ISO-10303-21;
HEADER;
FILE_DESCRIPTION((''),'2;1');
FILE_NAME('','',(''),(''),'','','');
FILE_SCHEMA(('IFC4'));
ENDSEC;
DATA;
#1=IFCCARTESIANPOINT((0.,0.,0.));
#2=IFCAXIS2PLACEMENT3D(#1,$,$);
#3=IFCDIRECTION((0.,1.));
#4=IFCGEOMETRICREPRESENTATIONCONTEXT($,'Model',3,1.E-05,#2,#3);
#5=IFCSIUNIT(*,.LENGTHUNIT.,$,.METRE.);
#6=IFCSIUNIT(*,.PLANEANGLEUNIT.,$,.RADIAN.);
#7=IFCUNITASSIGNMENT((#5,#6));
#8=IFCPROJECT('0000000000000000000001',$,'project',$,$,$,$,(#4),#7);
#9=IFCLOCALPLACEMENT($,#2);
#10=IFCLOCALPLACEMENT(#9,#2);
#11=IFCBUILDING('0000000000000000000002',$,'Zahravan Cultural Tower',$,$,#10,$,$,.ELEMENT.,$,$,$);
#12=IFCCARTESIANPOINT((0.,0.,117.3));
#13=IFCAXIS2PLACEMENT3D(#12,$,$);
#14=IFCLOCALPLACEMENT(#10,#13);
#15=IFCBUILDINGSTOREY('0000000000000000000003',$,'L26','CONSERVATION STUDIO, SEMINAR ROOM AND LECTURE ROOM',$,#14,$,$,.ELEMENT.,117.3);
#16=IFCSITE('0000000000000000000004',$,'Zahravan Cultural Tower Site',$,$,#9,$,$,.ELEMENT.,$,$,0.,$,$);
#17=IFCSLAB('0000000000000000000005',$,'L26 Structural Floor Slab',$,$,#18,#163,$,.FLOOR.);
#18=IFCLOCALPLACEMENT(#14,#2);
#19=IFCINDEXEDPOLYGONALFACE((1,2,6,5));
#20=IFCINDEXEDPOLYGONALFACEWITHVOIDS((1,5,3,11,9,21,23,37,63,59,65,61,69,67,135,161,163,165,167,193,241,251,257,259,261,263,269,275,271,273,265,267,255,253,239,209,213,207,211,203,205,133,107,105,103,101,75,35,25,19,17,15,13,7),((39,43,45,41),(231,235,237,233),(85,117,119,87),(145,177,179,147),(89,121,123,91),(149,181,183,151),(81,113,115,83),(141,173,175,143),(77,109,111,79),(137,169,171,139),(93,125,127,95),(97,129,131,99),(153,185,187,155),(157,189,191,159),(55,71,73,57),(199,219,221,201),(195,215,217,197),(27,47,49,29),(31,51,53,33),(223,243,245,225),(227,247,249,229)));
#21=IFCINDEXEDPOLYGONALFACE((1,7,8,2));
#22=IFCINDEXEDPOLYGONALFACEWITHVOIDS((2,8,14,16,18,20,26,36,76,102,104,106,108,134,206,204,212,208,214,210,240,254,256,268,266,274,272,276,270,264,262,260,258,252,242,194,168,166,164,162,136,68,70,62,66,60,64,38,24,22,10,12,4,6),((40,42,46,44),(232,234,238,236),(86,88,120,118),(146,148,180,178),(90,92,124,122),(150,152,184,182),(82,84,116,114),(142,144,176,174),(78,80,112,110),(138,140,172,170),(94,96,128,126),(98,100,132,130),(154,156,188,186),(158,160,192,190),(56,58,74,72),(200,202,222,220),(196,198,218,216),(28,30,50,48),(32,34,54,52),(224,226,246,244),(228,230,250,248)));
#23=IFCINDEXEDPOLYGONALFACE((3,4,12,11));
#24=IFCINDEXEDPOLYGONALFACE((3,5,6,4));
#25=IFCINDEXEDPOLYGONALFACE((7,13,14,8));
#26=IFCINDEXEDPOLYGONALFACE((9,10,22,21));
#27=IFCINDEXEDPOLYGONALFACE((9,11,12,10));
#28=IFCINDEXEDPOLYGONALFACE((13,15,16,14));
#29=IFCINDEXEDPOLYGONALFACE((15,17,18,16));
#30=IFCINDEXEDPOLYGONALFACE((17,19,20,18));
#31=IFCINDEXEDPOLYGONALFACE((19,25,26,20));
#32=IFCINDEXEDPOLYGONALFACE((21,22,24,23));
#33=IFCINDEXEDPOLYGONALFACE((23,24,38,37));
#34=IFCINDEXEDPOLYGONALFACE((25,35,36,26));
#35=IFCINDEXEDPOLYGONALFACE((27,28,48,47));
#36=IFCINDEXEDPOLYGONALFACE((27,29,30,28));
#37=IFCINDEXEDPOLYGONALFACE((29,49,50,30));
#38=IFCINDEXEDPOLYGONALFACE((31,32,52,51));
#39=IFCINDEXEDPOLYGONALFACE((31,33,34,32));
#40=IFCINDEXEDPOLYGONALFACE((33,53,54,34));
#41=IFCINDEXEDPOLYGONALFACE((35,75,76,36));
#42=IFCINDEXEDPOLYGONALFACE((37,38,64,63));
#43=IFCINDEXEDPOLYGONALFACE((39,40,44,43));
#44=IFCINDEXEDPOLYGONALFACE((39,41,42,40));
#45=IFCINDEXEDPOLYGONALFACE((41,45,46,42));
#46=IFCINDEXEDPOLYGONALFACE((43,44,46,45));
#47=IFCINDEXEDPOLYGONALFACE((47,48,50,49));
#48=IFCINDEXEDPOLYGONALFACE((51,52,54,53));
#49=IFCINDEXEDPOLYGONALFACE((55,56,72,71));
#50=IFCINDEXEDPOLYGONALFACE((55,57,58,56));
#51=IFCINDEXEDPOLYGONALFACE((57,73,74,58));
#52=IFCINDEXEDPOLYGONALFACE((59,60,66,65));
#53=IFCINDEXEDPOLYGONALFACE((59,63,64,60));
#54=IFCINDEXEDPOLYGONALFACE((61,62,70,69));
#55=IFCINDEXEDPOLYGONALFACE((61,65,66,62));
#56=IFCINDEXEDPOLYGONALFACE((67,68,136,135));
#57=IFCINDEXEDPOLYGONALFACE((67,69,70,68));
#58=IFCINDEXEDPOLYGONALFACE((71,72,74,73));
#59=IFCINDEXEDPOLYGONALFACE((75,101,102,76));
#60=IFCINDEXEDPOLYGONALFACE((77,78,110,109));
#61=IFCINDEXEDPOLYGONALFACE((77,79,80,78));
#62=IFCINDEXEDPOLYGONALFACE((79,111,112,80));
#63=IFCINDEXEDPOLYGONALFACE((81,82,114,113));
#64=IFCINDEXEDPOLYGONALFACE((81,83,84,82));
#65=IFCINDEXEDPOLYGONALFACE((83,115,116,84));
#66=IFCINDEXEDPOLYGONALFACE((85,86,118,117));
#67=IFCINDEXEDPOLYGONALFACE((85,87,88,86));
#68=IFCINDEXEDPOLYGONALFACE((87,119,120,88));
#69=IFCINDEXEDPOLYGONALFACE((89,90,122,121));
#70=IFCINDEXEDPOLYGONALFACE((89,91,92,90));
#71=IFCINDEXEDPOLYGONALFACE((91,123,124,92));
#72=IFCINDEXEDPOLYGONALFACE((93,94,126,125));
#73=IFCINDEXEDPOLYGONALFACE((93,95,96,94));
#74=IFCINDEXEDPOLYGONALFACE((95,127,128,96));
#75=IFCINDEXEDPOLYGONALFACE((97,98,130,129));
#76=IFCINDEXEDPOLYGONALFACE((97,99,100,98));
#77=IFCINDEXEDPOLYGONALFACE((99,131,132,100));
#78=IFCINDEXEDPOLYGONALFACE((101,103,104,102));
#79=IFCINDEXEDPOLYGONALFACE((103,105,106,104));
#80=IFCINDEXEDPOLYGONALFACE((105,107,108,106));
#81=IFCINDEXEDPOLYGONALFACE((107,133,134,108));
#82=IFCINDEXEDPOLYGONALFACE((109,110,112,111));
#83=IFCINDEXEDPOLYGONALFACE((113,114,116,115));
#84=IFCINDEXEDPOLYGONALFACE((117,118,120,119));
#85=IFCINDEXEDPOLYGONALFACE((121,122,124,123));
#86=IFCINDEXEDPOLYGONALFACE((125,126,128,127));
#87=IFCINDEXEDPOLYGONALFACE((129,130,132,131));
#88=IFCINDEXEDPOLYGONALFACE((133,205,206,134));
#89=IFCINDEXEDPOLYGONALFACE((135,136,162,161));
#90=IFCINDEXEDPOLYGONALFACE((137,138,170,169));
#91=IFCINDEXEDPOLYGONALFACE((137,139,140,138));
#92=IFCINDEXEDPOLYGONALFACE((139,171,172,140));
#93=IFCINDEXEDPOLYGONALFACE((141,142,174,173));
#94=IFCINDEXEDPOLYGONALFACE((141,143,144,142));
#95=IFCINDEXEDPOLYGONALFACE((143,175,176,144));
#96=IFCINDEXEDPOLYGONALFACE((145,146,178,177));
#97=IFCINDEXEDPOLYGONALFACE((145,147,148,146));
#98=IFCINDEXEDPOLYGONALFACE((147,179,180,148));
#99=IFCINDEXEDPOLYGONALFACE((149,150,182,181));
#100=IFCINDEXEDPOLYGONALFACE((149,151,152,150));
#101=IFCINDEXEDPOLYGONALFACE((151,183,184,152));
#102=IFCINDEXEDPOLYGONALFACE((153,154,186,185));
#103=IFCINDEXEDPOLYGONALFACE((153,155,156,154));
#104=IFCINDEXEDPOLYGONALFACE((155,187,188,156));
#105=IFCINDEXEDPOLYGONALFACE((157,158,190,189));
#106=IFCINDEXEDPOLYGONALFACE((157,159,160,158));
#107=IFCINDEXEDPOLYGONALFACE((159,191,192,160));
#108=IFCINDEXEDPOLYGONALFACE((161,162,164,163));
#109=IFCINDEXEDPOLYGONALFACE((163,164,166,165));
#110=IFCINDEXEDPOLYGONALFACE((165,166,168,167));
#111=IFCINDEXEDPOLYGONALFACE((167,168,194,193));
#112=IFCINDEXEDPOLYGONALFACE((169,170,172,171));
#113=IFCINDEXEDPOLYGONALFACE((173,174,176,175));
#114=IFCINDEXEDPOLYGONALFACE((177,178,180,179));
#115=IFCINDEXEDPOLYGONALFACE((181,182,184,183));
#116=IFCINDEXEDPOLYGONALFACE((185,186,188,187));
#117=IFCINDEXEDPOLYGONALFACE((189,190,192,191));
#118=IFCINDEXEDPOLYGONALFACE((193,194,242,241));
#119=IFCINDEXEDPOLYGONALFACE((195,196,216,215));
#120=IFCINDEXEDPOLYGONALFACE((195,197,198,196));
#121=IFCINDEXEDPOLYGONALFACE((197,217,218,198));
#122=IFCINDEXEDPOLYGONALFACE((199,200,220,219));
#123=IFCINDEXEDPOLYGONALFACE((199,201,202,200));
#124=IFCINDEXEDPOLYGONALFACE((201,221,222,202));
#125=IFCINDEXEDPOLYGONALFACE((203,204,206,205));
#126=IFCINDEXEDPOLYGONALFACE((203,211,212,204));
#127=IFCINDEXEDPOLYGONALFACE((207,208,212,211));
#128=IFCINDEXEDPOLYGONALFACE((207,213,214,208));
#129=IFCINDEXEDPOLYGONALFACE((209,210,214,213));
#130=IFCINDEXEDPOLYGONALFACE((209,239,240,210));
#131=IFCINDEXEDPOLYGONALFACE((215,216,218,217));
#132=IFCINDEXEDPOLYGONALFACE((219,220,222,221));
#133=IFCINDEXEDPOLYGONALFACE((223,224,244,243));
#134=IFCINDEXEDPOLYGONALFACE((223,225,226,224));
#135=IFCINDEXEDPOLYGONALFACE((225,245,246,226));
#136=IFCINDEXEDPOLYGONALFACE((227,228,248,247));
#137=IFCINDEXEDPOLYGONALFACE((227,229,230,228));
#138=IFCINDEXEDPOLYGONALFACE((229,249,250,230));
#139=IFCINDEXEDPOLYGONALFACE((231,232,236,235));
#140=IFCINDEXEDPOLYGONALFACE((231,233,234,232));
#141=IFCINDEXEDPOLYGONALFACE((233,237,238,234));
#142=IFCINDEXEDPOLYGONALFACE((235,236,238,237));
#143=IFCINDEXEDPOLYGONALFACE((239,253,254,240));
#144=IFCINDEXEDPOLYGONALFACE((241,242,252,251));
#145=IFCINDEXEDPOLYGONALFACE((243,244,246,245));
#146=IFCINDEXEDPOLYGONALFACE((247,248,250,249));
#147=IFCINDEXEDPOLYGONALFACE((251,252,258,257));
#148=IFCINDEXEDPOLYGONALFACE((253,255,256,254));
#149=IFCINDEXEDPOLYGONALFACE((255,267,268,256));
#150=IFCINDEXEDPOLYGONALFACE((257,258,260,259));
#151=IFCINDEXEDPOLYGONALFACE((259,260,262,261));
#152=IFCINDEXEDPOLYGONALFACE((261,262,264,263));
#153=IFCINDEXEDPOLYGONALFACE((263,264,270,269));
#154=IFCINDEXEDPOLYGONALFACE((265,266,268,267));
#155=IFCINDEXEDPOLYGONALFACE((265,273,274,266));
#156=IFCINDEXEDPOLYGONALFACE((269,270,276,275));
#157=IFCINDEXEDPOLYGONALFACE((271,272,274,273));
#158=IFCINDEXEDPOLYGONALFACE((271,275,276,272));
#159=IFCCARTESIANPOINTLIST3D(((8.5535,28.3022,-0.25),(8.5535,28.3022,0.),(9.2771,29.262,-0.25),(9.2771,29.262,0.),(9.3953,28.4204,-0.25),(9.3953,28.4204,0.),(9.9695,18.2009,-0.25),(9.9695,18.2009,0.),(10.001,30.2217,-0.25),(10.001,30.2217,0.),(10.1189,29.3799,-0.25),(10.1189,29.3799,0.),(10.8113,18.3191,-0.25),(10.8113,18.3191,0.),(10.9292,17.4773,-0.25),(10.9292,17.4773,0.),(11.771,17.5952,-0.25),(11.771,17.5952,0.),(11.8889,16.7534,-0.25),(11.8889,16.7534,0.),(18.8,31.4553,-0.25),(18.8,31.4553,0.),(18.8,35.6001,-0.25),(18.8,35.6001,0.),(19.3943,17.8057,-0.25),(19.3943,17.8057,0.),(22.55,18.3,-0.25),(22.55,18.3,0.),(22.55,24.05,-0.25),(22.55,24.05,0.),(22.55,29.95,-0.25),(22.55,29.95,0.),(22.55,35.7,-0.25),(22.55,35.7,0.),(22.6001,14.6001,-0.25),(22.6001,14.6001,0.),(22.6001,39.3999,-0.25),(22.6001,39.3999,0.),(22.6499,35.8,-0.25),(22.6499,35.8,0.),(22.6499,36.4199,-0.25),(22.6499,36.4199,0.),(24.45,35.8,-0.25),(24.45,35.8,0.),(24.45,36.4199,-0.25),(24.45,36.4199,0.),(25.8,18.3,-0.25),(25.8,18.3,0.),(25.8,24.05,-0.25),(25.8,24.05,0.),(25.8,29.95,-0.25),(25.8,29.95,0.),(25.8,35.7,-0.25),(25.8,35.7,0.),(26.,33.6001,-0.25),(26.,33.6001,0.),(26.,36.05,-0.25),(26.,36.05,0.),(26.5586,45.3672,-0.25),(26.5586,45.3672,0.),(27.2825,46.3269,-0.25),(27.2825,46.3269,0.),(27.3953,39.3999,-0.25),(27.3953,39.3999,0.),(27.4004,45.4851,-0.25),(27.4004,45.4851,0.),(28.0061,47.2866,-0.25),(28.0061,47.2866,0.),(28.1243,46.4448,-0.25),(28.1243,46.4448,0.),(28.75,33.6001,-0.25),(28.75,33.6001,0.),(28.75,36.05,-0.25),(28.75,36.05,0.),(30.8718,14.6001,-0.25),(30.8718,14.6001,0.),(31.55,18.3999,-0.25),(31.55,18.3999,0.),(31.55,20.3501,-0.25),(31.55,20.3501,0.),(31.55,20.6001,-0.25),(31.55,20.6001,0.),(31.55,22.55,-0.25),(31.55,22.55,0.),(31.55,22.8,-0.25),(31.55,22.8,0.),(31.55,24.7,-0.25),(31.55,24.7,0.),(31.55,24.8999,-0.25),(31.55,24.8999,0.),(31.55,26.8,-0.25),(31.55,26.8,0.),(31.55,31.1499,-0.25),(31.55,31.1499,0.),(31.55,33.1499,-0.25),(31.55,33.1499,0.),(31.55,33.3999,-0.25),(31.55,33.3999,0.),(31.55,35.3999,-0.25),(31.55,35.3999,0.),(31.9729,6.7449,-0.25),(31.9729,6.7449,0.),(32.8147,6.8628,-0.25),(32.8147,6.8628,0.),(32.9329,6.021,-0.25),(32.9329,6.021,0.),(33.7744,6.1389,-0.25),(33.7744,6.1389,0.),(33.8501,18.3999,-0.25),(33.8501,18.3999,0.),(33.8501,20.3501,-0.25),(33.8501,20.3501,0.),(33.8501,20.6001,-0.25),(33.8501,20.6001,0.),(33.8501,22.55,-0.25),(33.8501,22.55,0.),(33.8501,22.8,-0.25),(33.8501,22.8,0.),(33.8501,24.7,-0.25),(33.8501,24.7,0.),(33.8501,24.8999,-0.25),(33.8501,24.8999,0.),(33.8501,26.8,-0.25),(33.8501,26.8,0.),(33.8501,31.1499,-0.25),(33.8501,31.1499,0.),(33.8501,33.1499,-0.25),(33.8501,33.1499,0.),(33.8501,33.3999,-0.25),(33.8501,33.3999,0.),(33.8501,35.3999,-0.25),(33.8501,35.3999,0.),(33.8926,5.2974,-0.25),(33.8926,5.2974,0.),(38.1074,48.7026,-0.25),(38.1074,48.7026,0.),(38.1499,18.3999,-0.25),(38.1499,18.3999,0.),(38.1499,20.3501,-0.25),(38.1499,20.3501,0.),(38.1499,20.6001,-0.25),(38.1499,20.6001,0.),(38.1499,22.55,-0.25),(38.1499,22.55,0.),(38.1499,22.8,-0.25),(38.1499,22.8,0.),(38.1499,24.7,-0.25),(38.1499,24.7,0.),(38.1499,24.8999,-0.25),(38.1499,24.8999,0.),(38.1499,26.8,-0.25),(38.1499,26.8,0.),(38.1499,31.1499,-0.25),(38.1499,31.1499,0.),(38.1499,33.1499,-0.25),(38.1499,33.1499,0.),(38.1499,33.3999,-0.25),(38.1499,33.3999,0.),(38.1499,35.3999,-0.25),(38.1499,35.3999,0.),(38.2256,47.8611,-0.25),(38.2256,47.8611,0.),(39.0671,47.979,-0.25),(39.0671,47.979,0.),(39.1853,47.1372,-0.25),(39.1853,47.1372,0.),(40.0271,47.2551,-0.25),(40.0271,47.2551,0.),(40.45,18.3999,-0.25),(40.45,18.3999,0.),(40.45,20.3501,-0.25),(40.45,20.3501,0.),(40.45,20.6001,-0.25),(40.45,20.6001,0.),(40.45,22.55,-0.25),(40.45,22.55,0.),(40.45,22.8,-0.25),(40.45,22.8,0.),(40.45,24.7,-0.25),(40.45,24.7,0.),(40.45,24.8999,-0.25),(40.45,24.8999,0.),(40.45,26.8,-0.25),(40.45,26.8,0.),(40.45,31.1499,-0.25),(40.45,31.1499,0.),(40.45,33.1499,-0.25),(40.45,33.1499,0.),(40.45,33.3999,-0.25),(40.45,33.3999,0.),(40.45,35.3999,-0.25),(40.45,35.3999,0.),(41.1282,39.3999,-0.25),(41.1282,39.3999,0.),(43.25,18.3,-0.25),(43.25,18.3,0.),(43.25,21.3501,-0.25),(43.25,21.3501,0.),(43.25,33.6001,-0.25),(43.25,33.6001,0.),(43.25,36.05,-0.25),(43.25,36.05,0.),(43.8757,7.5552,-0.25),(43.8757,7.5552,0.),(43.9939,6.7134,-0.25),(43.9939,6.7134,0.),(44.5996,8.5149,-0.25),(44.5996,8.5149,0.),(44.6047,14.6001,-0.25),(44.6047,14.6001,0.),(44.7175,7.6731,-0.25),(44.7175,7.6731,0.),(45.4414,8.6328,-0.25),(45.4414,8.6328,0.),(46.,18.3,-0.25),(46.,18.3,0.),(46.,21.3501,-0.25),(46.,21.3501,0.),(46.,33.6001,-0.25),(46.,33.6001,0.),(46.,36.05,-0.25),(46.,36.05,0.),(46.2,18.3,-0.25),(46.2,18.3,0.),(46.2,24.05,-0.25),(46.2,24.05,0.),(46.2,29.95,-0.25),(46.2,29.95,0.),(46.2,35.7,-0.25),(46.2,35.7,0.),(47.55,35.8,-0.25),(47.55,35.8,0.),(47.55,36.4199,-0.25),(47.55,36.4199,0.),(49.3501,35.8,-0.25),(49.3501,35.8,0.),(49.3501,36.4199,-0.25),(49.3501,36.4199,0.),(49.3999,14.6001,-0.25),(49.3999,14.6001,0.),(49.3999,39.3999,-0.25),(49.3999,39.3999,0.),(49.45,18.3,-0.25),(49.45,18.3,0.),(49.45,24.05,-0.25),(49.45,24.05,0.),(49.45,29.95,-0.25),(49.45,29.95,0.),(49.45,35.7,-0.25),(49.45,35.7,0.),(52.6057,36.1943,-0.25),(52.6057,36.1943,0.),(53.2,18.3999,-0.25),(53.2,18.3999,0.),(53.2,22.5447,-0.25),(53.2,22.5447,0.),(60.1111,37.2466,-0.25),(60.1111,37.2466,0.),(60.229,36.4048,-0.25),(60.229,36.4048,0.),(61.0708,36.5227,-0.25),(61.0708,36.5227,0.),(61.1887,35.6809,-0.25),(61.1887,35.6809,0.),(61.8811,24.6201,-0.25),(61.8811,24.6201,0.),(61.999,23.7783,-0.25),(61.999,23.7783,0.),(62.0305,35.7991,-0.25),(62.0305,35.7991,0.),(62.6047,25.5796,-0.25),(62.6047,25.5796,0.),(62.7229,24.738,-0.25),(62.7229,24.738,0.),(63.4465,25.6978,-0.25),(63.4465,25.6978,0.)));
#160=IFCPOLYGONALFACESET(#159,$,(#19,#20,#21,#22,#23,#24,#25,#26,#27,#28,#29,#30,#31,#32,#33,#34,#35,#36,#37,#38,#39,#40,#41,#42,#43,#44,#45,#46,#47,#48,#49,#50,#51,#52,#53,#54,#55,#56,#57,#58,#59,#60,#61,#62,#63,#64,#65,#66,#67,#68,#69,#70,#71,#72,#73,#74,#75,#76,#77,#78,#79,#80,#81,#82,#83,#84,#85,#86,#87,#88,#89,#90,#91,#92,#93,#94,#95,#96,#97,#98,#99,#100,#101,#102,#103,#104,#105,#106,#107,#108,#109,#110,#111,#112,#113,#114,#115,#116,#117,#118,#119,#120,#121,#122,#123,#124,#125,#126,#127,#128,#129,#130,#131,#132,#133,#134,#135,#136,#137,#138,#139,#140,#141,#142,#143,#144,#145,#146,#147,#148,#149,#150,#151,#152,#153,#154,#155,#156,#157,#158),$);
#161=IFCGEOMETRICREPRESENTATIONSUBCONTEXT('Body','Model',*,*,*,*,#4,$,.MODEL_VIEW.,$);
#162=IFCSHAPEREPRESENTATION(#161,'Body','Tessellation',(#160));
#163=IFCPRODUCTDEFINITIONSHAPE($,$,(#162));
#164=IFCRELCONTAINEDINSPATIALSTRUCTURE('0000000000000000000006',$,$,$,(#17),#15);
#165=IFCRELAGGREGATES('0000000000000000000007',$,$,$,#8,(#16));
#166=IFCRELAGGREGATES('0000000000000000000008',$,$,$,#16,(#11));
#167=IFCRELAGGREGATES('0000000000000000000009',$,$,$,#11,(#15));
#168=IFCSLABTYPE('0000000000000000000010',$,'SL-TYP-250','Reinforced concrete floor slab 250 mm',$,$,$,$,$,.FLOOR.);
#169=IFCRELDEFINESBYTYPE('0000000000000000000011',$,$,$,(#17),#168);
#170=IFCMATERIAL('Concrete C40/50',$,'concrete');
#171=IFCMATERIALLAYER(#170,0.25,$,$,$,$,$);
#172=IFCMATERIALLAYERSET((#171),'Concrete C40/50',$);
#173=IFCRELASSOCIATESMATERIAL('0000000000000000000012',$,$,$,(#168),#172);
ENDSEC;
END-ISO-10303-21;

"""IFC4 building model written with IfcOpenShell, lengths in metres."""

from ifc_helpers import new_model, si_unit, direction, frame, origin, place, context, subcontext, project, spatial, polyline, outline, extrude, material, layer, layer_set, type_object, element, save


model = new_model("IFC4")

# Units and contexts
model_context = context("Model", 3, precision=1e-05, world=origin(), true_north=direction((0.0, 1.0)))
body_context = subcontext(model_context, "Body", "Model", "MODEL_VIEW")
ifc_project = project(units=[si_unit("LENGTHUNIT", "METRE"), si_unit("PLANEANGLEUNIT", "RADIAN")], contexts=[model_context])

# Site, building, storey
site_placement = place(None, origin())
site = spatial("IfcSite", under=ifc_project, at=site_placement, Name="Zahravan Cultural Tower Site", CompositionType="ELEMENT", RefElevation=0.0)
building_placement = place(site_placement, origin())
building = spatial("IfcBuilding", under=site, at=building_placement, Name="Zahravan Cultural Tower", CompositionType="ELEMENT")
storey_placement = place(building_placement, frame((0.0, 0.0, 117.3)))
storey = spatial("IfcBuildingStorey", under=building, at=storey_placement, Name="L26", Description="CONSERVATION STUDIO, SEMINAR ROOM AND LECTURE ROOM", CompositionType="ELEMENT", Elevation=117.3)

# Slab
ifc_material_1 = material(Name="Concrete C40/50", Category="concrete")
ifc_layer_1 = layer(ifc_material_1, 0.25)
ifc_layer_set_1 = layer_set([ifc_layer_1], Name="Concrete C40/50")
slab_type_1 = type_object("IfcSlabType", Name="SL-TYP-250", Description="Reinforced concrete floor slab 250 mm", PredefinedType="FLOOR", material=ifc_layer_set_1)
slab_1_placement = place(storey_placement, frame((0.0, 0.0, -0.25)))
element("IfcSlab", 1, at=slab_1_placement, inside=storey, type_object=slab_type_1, Name="L26 Structural Floor Slab", PredefinedType="FLOOR", context=body_context, shape_type="SweptSolid", body=[
    extrude(outline(polyline([(52.6057, 36.1943), (49.3999, 39.3999), (41.1282, 39.3999), (40.0271, 47.2551), (39.1853, 47.1372), (39.0671, 47.979), (38.2256, 47.8611), (38.1074, 48.7026), (28.0061, 47.2866), (28.1243, 46.4448), (27.2825, 46.3269), (27.4004, 45.4851), (26.5586, 45.3672), (27.3953, 39.3999), (22.6001, 39.3999), (18.8, 35.6001), (18.8, 31.4553), (10.001, 30.2217), (10.1189, 29.3799), (9.2771, 29.262), (9.3953, 28.4204), (8.5535, 28.3022), (9.9695, 18.2009), (10.8113, 18.3191), (10.9292, 17.4773), (11.771, 17.5952), (11.8889, 16.7534), (19.3943, 17.8057), (22.6001, 14.6001), (30.8718, 14.6001), (31.9729, 6.7449), (32.8147, 6.8628), (32.9329, 6.021), (33.7744, 6.1389), (33.8926, 5.2974), (43.9939, 6.7134), (43.8757, 7.5552), (44.7175, 7.6731), (44.5996, 8.5149), (45.4414, 8.6328), (44.6047, 14.6001), (49.3999, 14.6001), (53.2, 18.3999), (53.2, 22.5447), (61.999, 23.7783), (61.8811, 24.6201), (62.7229, 24.738), (62.6047, 25.5796), (63.4465, 25.6978), (62.0305, 35.7991), (61.1887, 35.6809), (61.0708, 36.5227), (60.229, 36.4048), (60.1111, 37.2466), (52.6057, 36.1943)]), holes=[polyline([(22.55, 29.95), (22.55, 35.7), (25.8, 35.7), (25.8, 29.95), (22.55, 29.95)]), polyline([(22.55, 18.3), (22.55, 24.05), (25.8, 24.05), (25.8, 18.3), (22.55, 18.3)]), polyline([(46.2, 29.95), (46.2, 35.7), (49.45, 35.7), (49.45, 29.95), (46.2, 29.95)]), polyline([(46.2, 18.3), (46.2, 24.05), (49.45, 24.05), (49.45, 18.3), (46.2, 18.3)]), polyline([(26.0, 33.6001), (26.0, 36.05), (28.75, 36.05), (28.75, 33.6001), (26.0, 33.6001)]), polyline([(43.25, 33.6001), (43.25, 36.05), (46.0, 36.05), (46.0, 33.6001), (43.25, 33.6001)]), polyline([(43.25, 18.3), (43.25, 21.3501), (46.0, 21.3501), (46.0, 18.3), (43.25, 18.3)]), polyline([(31.55, 33.3999), (31.55, 35.3999), (33.8501, 35.3999), (33.8501, 33.3999), (31.55, 33.3999)]), polyline([(31.55, 31.1499), (31.55, 33.1499), (33.8501, 33.1499), (33.8501, 31.1499), (31.55, 31.1499)]), polyline([(38.1499, 33.3999), (38.1499, 35.3999), (40.45, 35.3999), (40.45, 33.3999), (38.1499, 33.3999)]), polyline([(38.1499, 31.1499), (38.1499, 33.1499), (40.45, 33.1499), (40.45, 31.1499), (38.1499, 31.1499)]), polyline([(31.55, 20.6001), (31.55, 22.55), (33.8501, 22.55), (33.8501, 20.6001), (31.55, 20.6001)]), polyline([(31.55, 18.3999), (31.55, 20.3501), (33.8501, 20.3501), (33.8501, 18.3999), (31.55, 18.3999)]), polyline([(38.1499, 20.6001), (38.1499, 22.55), (40.45, 22.55), (40.45, 20.6001), (38.1499, 20.6001)]), polyline([(38.1499, 18.3999), (38.1499, 20.3501), (40.45, 20.3501), (40.45, 18.3999), (38.1499, 18.3999)]), polyline([(31.55, 24.8999), (31.55, 26.8), (33.8501, 26.8), (33.8501, 24.8999), (31.55, 24.8999)]), polyline([(31.55, 22.8), (31.55, 24.7), (33.8501, 24.7), (33.8501, 22.8), (31.55, 22.8)]), polyline([(38.1499, 24.8999), (38.1499, 26.8), (40.45, 26.8), (40.45, 24.8999), (38.1499, 24.8999)]), polyline([(38.1499, 22.8), (38.1499, 24.7), (40.45, 24.7), (40.45, 22.8), (38.1499, 22.8)]), polyline([(22.6499, 35.8), (22.6499, 36.4199), (24.45, 36.4199), (24.45, 35.8), (22.6499, 35.8)]), polyline([(47.55, 35.8), (47.55, 36.4199), (49.3501, 36.4199), (49.3501, 35.8), (47.55, 35.8)])]), origin(), (0.0, 0.0, 1.0), 0.25),
])

save(model, "model.ifc")
